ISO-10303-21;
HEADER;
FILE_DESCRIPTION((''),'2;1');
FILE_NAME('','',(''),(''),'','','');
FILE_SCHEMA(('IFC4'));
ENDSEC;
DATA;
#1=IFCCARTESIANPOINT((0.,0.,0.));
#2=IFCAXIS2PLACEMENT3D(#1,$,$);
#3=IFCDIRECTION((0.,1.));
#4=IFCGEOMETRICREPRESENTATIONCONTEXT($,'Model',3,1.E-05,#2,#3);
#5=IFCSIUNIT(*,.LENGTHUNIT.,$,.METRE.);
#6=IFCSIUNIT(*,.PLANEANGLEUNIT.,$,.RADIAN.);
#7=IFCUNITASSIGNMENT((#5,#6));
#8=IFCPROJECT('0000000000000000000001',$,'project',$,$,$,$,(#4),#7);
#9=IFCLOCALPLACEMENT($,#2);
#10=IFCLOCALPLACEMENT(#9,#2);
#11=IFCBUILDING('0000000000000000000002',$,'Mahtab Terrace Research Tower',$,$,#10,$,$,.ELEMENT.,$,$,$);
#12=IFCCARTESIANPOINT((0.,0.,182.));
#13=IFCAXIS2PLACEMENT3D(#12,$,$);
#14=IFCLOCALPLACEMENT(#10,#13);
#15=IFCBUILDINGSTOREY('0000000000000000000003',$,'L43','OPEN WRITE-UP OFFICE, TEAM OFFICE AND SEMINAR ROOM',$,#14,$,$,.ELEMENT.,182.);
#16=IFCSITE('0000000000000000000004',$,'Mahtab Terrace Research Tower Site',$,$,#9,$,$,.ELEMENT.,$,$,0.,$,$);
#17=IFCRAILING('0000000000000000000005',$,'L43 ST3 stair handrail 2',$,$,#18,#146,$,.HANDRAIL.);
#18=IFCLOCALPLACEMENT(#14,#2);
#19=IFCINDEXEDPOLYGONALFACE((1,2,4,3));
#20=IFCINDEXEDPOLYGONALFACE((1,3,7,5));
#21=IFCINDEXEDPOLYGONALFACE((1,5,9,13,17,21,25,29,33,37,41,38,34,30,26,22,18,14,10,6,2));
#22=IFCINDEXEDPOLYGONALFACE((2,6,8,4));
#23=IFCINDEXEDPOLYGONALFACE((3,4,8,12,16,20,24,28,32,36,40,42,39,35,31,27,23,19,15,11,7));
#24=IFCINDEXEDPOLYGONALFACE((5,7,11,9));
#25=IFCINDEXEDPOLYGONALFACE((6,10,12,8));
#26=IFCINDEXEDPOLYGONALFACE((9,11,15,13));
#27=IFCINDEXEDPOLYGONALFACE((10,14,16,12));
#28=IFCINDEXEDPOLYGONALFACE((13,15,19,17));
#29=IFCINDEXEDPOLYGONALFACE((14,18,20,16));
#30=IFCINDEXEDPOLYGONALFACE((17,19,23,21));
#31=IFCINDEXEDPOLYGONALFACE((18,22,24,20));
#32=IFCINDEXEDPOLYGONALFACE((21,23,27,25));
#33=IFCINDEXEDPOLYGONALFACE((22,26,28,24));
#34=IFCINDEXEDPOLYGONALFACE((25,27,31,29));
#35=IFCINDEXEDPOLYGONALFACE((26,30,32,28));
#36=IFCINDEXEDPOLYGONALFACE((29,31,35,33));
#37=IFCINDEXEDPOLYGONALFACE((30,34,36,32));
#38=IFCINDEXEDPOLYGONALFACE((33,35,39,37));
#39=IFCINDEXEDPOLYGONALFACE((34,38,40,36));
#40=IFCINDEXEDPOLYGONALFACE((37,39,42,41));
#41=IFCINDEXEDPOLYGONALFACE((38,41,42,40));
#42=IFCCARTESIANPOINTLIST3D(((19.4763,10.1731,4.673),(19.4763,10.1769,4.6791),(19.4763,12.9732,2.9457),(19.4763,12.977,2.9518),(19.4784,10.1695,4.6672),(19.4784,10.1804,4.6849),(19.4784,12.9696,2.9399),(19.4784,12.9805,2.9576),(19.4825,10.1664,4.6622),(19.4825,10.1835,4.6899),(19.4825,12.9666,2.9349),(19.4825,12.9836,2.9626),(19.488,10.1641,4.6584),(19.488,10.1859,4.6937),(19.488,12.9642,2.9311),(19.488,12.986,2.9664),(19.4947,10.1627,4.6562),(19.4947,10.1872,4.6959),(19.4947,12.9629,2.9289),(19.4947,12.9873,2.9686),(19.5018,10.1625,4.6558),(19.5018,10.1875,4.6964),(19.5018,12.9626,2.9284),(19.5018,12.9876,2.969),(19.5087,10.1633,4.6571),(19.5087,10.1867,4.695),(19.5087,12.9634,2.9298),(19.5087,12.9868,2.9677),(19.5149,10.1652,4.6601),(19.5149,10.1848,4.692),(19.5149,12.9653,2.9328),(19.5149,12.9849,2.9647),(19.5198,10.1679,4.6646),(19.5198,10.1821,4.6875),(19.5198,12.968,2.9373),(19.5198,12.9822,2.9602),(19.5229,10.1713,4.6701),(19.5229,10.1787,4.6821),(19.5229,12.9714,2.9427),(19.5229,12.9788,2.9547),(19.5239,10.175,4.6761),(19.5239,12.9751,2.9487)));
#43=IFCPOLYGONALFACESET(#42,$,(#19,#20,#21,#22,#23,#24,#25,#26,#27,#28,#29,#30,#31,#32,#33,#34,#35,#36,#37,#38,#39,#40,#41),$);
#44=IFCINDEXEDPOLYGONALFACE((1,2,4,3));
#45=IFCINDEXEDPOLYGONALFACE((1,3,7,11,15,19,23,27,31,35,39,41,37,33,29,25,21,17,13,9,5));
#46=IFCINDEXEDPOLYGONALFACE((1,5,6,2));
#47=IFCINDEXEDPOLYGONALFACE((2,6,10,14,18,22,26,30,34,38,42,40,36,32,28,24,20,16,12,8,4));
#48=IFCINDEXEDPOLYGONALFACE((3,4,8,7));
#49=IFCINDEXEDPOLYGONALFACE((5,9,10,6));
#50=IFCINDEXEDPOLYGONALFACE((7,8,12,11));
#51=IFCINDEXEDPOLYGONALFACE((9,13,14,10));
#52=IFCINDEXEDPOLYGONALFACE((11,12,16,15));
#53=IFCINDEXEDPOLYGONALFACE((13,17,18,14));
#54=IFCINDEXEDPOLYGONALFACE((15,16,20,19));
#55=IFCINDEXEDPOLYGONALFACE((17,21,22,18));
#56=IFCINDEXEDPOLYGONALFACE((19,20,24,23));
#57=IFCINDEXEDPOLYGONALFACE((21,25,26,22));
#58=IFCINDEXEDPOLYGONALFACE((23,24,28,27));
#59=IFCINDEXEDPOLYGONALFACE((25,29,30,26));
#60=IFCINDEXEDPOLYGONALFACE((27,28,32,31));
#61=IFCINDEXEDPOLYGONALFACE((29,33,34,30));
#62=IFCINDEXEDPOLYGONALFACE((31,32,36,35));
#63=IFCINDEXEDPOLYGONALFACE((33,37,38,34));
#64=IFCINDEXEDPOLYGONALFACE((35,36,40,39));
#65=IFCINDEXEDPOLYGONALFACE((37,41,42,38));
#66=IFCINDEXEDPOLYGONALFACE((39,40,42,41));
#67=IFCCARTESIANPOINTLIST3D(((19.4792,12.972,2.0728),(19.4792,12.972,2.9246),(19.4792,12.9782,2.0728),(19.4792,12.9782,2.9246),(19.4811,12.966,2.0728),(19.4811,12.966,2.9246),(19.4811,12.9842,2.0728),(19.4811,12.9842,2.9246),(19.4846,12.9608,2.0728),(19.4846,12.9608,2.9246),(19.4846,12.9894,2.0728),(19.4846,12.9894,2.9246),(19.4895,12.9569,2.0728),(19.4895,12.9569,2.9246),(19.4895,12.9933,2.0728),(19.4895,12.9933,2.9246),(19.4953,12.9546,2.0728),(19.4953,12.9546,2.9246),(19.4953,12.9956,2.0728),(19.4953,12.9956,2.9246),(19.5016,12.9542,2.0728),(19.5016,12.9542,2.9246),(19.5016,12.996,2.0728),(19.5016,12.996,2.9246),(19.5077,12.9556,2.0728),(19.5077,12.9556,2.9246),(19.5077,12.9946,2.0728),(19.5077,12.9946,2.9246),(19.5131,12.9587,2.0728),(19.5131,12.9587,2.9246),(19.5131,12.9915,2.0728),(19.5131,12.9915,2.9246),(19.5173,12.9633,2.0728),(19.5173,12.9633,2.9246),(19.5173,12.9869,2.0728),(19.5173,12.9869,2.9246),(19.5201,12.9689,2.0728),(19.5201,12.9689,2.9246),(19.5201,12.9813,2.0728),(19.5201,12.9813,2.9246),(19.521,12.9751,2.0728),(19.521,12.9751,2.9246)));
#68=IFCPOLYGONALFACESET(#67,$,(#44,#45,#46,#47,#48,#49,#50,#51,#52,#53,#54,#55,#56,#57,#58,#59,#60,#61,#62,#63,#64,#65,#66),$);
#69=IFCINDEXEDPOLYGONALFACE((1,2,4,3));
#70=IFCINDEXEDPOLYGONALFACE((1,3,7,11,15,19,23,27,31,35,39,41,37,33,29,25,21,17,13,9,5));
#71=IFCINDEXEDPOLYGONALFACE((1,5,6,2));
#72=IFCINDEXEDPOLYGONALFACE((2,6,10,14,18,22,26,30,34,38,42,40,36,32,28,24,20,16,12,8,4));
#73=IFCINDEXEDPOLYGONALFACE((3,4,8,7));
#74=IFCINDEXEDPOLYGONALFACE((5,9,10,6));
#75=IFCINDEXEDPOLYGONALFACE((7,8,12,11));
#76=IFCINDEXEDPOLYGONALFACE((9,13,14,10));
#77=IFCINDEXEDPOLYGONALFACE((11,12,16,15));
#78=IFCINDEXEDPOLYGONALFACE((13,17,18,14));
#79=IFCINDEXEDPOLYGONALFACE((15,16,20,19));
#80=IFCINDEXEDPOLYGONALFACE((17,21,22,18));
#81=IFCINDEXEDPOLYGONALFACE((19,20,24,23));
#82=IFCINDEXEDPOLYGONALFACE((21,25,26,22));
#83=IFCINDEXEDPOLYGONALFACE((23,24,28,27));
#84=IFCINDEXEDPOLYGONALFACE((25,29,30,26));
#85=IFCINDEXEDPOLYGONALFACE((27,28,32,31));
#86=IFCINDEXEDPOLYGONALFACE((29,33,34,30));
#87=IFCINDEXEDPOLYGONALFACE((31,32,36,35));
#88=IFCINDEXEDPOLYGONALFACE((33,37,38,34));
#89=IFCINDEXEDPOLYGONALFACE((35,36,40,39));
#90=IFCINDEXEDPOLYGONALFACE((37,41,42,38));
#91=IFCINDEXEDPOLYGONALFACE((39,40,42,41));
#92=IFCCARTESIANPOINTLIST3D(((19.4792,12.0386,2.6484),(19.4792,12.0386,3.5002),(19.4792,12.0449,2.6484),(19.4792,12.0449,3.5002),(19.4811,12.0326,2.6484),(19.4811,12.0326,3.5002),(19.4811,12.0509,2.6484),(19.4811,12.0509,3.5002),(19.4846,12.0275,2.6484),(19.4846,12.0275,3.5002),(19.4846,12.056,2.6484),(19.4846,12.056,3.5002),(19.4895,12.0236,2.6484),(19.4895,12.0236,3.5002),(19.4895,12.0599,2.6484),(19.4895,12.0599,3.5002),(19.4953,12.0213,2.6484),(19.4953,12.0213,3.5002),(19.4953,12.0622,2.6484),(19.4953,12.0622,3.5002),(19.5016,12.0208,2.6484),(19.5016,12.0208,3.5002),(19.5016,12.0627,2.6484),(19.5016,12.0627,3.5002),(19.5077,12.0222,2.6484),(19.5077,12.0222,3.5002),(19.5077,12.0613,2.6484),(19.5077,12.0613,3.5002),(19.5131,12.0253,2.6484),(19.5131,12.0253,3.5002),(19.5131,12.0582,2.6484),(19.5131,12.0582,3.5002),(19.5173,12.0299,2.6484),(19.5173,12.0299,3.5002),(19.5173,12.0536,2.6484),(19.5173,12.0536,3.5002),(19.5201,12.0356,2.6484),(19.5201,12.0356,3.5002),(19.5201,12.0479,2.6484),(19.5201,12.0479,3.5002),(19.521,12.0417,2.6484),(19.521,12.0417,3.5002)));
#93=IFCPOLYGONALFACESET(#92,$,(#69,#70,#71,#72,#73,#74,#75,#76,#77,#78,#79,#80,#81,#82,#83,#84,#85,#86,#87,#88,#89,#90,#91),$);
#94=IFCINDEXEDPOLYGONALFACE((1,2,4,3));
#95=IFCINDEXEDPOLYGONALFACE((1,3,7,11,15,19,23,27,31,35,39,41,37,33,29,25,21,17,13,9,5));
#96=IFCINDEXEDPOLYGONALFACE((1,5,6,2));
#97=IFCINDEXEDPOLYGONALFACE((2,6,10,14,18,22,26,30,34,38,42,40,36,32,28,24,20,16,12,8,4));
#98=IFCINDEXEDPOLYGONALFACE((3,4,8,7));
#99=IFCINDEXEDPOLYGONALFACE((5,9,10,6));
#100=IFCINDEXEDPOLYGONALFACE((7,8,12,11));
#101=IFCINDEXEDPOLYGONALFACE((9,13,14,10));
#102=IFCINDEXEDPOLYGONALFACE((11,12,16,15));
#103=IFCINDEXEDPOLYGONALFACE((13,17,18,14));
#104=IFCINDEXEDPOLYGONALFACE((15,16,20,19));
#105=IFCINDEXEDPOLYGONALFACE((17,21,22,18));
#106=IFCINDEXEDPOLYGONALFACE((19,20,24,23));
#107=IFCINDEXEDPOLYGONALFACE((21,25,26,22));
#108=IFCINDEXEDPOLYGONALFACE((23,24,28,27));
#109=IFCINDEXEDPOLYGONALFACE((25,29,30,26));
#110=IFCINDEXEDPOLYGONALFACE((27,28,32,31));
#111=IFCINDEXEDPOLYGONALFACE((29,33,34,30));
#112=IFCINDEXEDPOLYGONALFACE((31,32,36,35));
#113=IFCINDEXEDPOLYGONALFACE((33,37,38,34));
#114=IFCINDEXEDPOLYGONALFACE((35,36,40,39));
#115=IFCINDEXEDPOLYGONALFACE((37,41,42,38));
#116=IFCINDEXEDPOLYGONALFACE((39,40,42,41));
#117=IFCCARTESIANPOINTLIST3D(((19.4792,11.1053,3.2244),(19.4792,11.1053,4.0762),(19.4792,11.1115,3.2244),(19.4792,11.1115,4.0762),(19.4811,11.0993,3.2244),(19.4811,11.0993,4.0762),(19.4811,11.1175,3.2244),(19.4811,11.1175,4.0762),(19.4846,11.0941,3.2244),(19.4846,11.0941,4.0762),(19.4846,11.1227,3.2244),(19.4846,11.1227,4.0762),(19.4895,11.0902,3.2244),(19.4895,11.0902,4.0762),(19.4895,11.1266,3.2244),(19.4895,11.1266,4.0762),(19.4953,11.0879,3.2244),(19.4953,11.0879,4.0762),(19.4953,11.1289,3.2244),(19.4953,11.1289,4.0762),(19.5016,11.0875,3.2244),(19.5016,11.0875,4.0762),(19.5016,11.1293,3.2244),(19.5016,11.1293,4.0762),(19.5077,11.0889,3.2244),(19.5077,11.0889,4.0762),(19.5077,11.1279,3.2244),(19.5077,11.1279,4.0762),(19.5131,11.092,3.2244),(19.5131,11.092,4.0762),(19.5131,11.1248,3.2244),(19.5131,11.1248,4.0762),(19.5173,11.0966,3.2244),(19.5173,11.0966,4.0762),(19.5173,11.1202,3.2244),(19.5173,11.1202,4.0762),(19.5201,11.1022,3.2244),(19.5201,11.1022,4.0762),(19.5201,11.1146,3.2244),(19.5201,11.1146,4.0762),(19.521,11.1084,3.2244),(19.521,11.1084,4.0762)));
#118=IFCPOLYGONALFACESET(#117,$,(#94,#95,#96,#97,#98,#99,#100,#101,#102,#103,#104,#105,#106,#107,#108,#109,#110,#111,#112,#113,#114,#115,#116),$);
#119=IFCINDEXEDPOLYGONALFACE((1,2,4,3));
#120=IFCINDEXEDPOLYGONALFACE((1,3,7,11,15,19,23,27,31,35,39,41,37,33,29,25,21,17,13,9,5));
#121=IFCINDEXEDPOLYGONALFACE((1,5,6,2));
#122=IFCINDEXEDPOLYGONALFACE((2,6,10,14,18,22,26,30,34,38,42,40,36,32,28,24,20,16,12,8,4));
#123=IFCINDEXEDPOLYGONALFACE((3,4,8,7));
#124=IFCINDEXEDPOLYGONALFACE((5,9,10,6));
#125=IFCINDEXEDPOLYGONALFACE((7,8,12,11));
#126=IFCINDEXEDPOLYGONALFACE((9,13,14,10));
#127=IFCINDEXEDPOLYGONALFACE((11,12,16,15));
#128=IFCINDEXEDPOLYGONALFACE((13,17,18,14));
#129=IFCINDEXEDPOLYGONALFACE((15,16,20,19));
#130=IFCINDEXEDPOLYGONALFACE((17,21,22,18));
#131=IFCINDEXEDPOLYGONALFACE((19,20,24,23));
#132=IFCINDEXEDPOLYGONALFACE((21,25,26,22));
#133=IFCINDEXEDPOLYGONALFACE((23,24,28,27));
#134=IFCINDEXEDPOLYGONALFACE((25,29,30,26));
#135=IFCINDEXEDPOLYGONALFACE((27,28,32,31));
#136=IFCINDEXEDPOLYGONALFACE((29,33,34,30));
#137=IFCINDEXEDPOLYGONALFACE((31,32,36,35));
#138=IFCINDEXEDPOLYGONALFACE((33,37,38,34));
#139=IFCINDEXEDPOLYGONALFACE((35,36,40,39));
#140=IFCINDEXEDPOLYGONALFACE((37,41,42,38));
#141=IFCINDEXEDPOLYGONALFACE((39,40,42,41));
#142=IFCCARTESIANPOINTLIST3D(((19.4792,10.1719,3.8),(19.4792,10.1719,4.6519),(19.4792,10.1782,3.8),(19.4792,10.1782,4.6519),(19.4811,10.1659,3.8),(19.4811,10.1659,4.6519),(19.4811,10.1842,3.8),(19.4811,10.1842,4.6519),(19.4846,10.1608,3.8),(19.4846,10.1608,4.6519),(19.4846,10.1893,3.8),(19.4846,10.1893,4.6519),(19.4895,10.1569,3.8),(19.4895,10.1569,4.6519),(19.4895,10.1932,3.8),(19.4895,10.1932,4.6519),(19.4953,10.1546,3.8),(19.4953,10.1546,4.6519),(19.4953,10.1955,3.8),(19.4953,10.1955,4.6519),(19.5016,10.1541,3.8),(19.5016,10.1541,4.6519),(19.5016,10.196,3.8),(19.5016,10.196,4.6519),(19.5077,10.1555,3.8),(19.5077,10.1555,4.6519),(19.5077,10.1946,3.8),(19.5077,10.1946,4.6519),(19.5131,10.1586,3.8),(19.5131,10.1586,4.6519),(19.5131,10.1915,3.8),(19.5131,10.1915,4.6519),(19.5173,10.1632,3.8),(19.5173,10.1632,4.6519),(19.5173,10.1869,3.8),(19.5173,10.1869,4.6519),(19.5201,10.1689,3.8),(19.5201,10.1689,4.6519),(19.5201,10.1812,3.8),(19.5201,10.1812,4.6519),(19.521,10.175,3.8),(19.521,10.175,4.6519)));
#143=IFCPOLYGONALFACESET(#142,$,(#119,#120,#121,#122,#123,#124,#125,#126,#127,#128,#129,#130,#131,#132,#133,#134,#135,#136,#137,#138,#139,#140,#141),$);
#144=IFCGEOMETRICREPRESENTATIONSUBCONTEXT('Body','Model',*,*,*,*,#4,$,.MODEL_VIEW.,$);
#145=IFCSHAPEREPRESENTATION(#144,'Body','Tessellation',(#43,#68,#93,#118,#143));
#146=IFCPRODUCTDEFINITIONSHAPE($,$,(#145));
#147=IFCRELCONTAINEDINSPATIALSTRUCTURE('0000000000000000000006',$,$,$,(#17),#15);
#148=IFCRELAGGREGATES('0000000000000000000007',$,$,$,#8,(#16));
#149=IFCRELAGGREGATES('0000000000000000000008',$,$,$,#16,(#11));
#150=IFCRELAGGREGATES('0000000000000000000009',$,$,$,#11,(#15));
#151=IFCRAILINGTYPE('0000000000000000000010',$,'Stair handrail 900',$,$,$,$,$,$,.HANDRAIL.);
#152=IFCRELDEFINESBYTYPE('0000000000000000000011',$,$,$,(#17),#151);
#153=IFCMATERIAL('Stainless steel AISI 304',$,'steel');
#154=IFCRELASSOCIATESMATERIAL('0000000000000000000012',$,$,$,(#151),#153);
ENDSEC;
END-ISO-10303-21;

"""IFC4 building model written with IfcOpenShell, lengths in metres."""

from ifc_helpers import new_model, si_unit, direction, frame, origin, origin_2d, place, context, subcontext, project, spatial, circle, extrude, material, type_object, element, save


model = new_model("IFC4")

# Units and contexts
model_context = context("Model", 3, precision=1e-05, world=origin(), true_north=direction((0.0, 1.0)))
body_context = subcontext(model_context, "Body", "Model", "MODEL_VIEW")
ifc_project = project(units=[si_unit("LENGTHUNIT", "METRE"), si_unit("PLANEANGLEUNIT", "RADIAN")], contexts=[model_context])

# Site, building, storey
site_placement = place(None, origin())
site = spatial("IfcSite", under=ifc_project, at=site_placement, Name="Mahtab Terrace Research Tower Site", CompositionType="ELEMENT", RefElevation=0.0)
building_placement = place(site_placement, origin())
building = spatial("IfcBuilding", under=site, at=building_placement, Name="Mahtab Terrace Research Tower", CompositionType="ELEMENT")
storey_placement = place(building_placement, frame((0.0, 0.0, 182.0)))
storey = spatial("IfcBuildingStorey", under=building, at=storey_placement, Name="L43", Description="OPEN WRITE-UP OFFICE, TEAM OFFICE AND SEMINAR ROOM", CompositionType="ELEMENT", Elevation=182.0)

# Shared definitions
ifc_material_1 = material(Name="Stainless steel AISI 304", Category="steel")

# Railing
railing_type_1 = type_object("IfcRailingType", Name="Stair handrail 900", PredefinedType="HANDRAIL", material=ifc_material_1)
railing_1_placement = place(storey_placement, frame((19.5, 12.9751, 2.0728)))
element("IfcRailing", 1, at=railing_1_placement, inside=storey, type_object=railing_type_1, Name="L43 ST3 stair handrail 2", PredefinedType="HANDRAIL", context=body_context, shape_type="SweptSolid", body=[
    extrude(circle(Radius=0.0239, at=origin_2d()), frame((0.0, 0.0, 0.876), z_axis=(0.0, -0.85109, 0.52502), x_axis=(1.0, 0.0, 0.0)), (0.0, 0.0, 1.0), 3.29),
    extrude(circle(Radius=0.021, at=origin_2d()), origin(), (0.0, 0.0, 1.0), 0.8518),
    extrude(circle(Radius=0.021, at=origin_2d()), frame((0.0, -0.9333, 0.5757)), (0.0, 0.0, 1.0), 0.8518),
    extrude(circle(Radius=0.021, at=origin_2d()), frame((0.0, -1.8667, 1.1516)), (0.0, 0.0, 1.0), 0.8518),
    extrude(circle(Radius=0.021, at=origin_2d()), frame((0.0, -2.8, 1.7273)), (0.0, 0.0, 1.0), 0.8518),
])

save(model, "model.ifc")
